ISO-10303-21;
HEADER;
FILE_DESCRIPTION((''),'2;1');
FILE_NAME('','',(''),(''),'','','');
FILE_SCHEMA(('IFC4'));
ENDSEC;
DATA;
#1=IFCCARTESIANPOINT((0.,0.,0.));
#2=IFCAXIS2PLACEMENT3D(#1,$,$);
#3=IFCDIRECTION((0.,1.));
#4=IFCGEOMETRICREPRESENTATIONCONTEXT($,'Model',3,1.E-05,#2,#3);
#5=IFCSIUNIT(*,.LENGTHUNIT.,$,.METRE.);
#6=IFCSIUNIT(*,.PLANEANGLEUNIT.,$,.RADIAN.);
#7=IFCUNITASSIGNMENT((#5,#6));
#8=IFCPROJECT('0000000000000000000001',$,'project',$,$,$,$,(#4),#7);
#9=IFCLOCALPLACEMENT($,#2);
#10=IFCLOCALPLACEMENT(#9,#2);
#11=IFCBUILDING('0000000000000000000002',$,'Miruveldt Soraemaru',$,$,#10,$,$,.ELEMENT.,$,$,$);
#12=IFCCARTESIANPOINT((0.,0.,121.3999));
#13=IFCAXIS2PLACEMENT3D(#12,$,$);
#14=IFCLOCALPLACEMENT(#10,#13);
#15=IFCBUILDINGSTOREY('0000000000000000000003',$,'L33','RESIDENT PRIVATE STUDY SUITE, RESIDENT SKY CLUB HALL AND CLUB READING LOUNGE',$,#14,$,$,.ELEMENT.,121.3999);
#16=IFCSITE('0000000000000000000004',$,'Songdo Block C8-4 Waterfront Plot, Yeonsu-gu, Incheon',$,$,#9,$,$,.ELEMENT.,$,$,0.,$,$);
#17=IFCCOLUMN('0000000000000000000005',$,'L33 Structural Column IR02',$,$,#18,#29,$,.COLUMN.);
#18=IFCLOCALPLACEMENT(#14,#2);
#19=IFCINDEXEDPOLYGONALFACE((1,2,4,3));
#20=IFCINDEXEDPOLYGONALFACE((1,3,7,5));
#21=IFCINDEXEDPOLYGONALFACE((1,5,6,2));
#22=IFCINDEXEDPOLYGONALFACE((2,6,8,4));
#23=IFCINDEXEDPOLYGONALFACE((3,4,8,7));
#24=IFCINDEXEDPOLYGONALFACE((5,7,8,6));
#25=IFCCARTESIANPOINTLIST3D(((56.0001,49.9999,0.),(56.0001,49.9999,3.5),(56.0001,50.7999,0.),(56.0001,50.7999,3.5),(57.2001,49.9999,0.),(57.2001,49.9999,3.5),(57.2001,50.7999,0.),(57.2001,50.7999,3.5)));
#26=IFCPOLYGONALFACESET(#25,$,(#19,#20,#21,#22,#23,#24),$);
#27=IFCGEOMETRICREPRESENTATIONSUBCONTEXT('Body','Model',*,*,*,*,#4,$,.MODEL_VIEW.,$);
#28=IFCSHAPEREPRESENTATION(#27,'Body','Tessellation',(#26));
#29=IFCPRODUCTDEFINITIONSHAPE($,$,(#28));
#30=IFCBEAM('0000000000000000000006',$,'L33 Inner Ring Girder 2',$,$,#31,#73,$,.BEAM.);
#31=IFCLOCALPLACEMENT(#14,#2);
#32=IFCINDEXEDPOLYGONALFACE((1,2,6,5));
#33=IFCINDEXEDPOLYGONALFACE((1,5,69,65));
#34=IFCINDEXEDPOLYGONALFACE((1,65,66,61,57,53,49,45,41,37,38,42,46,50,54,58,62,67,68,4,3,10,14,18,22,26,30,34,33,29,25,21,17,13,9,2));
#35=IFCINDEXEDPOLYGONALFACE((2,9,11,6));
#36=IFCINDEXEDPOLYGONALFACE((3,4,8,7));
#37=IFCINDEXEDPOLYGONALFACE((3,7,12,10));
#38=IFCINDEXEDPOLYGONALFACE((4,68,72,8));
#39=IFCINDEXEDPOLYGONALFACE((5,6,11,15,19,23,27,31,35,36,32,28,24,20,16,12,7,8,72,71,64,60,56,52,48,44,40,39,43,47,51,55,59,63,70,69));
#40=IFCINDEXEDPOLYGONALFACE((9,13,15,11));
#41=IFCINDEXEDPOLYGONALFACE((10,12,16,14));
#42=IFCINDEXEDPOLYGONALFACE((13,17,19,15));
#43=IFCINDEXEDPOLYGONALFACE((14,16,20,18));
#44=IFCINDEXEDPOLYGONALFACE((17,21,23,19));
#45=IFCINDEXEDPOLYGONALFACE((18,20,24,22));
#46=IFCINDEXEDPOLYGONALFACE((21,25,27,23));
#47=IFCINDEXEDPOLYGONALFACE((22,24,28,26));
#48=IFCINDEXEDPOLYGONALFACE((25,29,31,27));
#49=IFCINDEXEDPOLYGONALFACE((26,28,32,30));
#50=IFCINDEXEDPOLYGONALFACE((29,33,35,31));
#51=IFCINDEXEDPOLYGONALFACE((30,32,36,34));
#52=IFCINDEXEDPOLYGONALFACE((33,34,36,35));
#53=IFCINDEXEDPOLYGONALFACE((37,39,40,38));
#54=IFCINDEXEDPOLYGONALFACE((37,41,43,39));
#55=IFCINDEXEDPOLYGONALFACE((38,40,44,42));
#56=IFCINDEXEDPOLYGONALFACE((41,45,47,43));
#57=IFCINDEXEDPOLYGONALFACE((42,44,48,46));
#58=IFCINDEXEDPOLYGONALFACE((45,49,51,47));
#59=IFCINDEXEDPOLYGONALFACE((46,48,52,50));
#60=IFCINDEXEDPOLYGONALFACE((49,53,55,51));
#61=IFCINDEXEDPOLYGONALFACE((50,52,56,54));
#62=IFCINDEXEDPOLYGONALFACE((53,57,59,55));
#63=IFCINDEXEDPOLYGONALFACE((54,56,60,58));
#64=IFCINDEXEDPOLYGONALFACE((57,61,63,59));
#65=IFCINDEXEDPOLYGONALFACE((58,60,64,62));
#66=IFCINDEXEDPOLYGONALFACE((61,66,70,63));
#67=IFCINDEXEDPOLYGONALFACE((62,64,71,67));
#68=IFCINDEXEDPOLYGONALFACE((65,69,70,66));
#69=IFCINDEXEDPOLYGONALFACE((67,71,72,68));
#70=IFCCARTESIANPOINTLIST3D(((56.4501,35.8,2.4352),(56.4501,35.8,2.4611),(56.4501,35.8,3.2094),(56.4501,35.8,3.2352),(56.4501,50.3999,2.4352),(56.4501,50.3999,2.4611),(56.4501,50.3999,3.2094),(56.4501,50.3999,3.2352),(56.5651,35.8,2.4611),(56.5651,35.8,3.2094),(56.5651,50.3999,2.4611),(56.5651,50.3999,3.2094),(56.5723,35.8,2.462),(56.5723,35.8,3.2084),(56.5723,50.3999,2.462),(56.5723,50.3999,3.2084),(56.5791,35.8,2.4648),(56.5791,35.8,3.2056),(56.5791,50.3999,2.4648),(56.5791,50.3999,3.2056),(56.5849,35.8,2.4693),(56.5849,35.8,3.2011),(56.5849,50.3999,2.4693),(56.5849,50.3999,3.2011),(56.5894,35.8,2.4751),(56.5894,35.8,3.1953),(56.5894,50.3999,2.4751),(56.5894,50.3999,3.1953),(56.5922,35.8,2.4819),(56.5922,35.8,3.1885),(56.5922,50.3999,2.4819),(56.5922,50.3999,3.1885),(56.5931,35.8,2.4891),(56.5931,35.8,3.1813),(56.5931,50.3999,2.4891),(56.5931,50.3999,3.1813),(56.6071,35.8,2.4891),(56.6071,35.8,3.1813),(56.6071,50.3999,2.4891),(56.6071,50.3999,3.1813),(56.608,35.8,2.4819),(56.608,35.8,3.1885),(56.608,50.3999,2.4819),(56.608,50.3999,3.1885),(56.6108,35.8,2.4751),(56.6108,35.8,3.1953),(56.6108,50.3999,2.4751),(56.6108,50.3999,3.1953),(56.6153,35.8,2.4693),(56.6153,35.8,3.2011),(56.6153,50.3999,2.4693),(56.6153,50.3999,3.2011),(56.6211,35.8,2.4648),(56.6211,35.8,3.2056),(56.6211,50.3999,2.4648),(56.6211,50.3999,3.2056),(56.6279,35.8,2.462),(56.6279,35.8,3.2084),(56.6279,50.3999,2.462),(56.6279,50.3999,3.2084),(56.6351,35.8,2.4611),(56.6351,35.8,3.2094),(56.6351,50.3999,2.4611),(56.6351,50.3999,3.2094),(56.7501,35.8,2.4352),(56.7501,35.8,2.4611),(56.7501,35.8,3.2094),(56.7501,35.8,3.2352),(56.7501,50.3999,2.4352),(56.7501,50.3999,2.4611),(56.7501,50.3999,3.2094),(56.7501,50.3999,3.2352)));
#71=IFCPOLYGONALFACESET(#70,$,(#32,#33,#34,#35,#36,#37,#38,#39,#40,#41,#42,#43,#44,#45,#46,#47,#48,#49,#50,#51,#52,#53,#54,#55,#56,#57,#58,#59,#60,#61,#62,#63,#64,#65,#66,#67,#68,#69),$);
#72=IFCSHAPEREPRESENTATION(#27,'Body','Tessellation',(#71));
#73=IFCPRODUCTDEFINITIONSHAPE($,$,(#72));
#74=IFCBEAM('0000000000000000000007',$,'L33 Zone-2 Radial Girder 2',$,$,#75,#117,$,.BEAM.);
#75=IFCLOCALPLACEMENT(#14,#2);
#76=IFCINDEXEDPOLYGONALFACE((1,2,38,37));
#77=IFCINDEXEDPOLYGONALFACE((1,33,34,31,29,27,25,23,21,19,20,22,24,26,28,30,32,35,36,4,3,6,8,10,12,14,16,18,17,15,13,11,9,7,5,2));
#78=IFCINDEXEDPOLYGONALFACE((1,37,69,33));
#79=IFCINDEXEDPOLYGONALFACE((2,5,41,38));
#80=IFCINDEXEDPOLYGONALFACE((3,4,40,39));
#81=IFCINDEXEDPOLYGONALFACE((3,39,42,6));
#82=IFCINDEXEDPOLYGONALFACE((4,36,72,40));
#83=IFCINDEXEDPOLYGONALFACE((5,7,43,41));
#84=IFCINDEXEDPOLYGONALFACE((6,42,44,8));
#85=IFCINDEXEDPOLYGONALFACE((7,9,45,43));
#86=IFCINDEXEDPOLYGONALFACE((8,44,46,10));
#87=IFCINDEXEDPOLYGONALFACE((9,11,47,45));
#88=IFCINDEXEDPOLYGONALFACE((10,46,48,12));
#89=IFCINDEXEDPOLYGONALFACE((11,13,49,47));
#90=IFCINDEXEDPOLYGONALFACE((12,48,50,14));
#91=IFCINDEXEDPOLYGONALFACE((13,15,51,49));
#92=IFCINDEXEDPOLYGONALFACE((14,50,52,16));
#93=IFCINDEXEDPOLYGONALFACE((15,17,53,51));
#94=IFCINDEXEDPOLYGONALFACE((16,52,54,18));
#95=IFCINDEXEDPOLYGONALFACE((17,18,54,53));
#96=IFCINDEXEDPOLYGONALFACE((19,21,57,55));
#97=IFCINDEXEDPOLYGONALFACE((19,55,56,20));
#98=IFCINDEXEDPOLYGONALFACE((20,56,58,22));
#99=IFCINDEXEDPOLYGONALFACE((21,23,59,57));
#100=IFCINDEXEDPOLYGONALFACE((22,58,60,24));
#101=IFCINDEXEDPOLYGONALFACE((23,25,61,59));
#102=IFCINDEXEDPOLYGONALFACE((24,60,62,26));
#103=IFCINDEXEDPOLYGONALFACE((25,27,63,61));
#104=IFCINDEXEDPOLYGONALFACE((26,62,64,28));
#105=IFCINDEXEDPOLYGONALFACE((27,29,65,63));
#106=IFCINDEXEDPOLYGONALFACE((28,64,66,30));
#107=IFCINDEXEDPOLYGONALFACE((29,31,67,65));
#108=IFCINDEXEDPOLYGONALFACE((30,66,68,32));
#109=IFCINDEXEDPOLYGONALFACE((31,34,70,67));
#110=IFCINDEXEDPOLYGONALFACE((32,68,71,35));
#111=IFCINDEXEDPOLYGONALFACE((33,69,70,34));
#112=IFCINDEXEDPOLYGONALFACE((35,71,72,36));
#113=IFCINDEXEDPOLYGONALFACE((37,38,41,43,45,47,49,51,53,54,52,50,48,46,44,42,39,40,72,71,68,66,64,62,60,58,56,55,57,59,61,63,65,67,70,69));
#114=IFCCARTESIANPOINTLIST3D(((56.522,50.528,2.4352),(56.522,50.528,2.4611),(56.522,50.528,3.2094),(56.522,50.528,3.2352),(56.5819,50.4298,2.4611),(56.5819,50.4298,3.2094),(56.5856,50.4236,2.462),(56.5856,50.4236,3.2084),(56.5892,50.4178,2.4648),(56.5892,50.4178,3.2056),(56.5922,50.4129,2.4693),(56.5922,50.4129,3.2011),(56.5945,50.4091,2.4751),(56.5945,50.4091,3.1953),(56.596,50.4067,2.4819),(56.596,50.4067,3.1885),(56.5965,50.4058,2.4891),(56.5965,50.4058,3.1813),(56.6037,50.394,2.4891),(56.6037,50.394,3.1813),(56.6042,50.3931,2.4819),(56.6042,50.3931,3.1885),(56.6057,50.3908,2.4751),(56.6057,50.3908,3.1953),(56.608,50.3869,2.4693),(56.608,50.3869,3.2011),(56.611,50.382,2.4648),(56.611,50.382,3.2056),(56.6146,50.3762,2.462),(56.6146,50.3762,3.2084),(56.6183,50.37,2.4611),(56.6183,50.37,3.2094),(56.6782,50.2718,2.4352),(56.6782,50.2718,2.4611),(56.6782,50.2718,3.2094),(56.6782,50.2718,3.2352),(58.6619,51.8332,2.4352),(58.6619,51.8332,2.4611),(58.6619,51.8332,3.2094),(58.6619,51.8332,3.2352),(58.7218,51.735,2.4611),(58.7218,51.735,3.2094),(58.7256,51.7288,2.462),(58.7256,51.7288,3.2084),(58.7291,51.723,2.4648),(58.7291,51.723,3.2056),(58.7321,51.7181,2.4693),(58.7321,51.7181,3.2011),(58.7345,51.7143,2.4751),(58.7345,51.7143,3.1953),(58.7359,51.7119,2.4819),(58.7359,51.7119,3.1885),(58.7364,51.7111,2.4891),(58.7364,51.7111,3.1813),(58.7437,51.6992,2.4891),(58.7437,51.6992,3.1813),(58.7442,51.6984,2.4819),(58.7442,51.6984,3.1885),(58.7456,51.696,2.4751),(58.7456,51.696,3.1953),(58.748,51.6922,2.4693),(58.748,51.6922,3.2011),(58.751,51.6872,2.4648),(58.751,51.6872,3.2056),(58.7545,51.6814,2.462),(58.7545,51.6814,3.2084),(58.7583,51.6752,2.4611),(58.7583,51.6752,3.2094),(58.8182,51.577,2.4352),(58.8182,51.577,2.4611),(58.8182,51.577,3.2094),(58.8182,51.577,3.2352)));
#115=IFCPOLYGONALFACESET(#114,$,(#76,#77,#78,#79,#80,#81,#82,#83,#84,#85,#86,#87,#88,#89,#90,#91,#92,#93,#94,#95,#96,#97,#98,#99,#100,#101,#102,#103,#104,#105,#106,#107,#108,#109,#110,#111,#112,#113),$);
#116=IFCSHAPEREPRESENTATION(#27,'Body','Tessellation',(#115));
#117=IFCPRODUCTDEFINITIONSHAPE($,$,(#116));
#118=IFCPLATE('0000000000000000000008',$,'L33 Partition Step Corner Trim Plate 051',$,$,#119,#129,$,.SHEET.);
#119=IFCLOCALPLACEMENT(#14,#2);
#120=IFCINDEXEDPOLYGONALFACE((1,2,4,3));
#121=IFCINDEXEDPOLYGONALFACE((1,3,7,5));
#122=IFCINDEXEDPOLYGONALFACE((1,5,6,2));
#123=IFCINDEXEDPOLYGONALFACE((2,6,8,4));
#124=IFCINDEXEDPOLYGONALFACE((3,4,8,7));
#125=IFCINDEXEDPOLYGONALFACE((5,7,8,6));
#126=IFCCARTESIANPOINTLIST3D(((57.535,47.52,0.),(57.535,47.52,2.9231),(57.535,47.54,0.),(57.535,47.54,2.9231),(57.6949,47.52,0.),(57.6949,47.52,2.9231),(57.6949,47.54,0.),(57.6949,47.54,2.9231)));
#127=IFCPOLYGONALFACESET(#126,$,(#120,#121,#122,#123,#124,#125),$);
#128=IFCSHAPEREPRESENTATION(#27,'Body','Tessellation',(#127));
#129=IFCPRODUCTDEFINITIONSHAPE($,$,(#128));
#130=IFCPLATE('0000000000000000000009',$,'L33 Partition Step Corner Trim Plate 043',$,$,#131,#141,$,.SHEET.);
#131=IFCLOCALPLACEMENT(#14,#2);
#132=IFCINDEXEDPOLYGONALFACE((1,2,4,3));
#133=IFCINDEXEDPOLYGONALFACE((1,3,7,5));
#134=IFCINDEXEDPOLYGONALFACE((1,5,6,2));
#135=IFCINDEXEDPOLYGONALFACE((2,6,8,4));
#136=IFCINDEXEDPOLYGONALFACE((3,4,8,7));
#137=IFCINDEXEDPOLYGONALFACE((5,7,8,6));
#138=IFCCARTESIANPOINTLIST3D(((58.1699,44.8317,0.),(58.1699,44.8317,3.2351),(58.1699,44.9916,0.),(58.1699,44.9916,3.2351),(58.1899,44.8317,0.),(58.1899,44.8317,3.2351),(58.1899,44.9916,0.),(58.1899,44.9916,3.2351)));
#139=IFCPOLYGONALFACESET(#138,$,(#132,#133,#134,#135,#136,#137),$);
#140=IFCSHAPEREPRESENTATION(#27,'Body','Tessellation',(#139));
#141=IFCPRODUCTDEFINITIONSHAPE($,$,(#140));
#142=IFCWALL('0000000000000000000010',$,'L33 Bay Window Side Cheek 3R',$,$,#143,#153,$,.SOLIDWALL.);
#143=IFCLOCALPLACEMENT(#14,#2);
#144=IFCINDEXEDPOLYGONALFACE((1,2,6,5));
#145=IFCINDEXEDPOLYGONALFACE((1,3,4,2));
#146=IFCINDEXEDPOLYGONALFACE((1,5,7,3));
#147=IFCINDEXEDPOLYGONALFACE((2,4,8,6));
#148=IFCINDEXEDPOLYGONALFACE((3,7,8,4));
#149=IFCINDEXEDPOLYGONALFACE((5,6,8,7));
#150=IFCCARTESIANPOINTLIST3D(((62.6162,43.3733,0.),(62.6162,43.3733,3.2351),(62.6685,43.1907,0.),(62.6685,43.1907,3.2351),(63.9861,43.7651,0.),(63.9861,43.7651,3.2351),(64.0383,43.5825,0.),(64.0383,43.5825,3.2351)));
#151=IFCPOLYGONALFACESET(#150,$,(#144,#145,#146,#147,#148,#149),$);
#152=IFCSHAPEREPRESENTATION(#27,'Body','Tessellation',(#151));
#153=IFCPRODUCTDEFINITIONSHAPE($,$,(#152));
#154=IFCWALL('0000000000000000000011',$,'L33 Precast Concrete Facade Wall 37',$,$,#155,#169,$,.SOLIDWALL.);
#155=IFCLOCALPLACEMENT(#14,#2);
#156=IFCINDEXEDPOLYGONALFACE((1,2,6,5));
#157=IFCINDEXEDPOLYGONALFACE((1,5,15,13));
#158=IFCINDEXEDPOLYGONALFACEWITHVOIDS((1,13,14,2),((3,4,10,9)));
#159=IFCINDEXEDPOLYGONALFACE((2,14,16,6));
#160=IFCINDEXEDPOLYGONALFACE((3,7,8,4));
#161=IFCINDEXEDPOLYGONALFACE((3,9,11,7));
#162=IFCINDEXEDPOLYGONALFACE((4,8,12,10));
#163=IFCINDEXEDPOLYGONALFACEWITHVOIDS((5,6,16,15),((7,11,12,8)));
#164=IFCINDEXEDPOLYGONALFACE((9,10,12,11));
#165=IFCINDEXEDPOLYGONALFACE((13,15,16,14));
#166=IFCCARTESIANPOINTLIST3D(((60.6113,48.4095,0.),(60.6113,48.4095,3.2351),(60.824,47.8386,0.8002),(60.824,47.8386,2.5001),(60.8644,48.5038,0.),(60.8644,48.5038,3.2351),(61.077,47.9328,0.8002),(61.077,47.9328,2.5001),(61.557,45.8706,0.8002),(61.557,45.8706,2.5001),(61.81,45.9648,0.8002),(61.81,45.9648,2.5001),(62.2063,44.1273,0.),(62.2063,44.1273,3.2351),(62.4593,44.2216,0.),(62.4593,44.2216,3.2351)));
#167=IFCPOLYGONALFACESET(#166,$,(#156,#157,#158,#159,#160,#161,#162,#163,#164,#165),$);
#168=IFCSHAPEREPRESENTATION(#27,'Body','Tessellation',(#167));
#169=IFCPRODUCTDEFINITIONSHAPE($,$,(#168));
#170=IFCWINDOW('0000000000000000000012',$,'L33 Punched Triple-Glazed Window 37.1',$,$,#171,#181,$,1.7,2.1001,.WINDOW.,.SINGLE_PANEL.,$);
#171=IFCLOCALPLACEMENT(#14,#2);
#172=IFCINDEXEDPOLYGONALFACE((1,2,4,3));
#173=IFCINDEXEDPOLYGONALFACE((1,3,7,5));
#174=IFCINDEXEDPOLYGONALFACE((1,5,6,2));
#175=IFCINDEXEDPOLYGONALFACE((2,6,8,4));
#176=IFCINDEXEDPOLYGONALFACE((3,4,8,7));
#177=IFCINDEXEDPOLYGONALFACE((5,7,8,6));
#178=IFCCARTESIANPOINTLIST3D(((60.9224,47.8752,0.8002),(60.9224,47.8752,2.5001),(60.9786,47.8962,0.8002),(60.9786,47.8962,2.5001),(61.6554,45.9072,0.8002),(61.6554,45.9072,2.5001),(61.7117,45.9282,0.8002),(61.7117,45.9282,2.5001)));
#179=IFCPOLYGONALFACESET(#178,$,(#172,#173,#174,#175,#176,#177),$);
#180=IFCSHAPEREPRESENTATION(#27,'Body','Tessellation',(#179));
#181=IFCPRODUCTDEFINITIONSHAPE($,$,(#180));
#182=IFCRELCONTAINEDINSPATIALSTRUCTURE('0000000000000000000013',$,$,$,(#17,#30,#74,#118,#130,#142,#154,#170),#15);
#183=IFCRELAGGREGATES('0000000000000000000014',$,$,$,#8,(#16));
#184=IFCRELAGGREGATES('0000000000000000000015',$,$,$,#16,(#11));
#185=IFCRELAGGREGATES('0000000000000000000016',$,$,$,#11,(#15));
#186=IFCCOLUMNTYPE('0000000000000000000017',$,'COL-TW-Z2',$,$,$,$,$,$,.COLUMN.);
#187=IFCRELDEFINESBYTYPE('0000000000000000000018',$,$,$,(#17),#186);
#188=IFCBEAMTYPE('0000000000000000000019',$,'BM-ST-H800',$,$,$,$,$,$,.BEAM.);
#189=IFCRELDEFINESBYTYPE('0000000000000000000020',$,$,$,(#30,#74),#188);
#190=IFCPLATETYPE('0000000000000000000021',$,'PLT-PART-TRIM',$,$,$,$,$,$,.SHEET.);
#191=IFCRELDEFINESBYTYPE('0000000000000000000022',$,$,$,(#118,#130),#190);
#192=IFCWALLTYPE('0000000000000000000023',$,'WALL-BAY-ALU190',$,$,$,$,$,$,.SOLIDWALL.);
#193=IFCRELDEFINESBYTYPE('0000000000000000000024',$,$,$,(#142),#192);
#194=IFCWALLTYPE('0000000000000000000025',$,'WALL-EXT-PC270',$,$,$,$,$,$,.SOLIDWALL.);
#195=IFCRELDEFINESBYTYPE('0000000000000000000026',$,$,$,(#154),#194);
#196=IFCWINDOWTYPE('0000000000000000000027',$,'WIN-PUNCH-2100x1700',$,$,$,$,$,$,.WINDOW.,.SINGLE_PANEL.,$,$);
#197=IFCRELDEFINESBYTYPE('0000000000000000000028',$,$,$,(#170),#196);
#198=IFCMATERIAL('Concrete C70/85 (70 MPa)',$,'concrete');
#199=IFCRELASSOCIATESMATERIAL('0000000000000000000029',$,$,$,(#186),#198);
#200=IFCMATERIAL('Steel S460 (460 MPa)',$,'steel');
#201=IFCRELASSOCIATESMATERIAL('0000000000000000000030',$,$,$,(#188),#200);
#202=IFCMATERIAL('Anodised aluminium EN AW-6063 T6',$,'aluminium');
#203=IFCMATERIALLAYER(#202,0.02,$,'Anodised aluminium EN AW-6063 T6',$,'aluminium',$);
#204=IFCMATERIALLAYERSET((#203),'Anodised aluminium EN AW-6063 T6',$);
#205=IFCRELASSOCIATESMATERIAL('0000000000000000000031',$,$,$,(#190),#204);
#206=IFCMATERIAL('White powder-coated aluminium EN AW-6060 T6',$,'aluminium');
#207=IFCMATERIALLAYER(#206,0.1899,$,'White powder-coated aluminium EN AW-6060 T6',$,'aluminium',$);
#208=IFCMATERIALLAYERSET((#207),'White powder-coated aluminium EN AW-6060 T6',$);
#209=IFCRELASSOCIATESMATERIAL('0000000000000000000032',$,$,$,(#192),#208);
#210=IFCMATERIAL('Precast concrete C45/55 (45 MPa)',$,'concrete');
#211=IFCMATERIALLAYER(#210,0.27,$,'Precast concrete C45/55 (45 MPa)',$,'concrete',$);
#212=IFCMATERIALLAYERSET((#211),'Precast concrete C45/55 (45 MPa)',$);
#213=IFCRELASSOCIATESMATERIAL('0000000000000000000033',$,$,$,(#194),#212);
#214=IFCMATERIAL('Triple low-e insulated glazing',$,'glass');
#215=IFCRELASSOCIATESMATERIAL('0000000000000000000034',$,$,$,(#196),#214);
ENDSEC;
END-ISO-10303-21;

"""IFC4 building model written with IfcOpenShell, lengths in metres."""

from ifc_helpers import new_model, si_unit, direction, frame, frame_2d, origin, origin_2d, place, context, subcontext, project, spatial, rectangle, i_section, extrude, material, layer, layer_set, material_profile, profile_set, type_object, element, fill, save


model = new_model("IFC4")

# Units and contexts
model_context = context("Model", 3, precision=1e-05, world=origin(), true_north=direction((0.0, 1.0)))
body_context = subcontext(model_context, "Body", "Model", "MODEL_VIEW")
ifc_project = project(units=[si_unit("LENGTHUNIT", "METRE"), si_unit("PLANEANGLEUNIT", "RADIAN")], contexts=[model_context])

# Site, building, storey
site_placement = place(None, origin())
site = spatial("IfcSite", under=ifc_project, at=site_placement, Name="Songdo Block C8-4 Waterfront Plot, Yeonsu-gu, Incheon", CompositionType="ELEMENT", RefElevation=0.0)
building_placement = place(site_placement, origin())
building = spatial("IfcBuilding", under=site, at=building_placement, Name="Miruveldt Soraemaru", CompositionType="ELEMENT")
storey_placement = place(building_placement, frame((0.0, 0.0, 121.3999)))
storey = spatial("IfcBuildingStorey", under=building, at=storey_placement, Name="L33", Description="RESIDENT PRIVATE STUDY SUITE, RESIDENT SKY CLUB HALL AND CLUB READING LOUNGE", CompositionType="ELEMENT", Elevation=121.3999)

# Column
ifc_material_1 = material(Name="Concrete C70/85 (70 MPa)", Category="concrete")
ifc_material_profile_1 = material_profile(ifc_material_1, rectangle(XDim=1.2, YDim=0.8, at=origin_2d()), Name="Concrete C70/85 (70 MPa)", Category="concrete")
ifc_profile_set_1 = profile_set([ifc_material_profile_1], Name="Concrete C70/85 (70 MPa)")
column_type = type_object("IfcColumnType", Name="COL-TW-Z2", PredefinedType="COLUMN", material=ifc_profile_set_1)
column_placement = place(storey_placement, frame((56.6001, 50.3999, 0.0), z_axis=(0.0, 0.0, 1.0), x_axis=(1.0, 0.0, 0.0)))
element("IfcColumn", 1, at=column_placement, inside=storey, type_object=column_type, Name="L33 Structural Column IR02", PredefinedType="COLUMN", context=body_context, shape_type="SweptSolid", body=[
    extrude(rectangle(XDim=1.2, YDim=0.8, at=origin_2d()), origin(), (0.0, 0.0, 1.0), 3.5),
])

# Beams
ifc_material_2 = material(Name="Steel S460 (460 MPa)", Category="steel")
ifc_material_profile_2 = material_profile(ifc_material_2, i_section(OverallWidth=0.3, OverallDepth=0.8, WebThickness=0.0139, FlangeThickness=0.0259, FilletRadius=0.0281, at=origin_2d()), Name="Steel S460 (460 MPa)", Category="steel")
ifc_profile_set_2 = profile_set([ifc_material_profile_2], Name="Steel S460 (460 MPa)")
beam_type = type_object("IfcBeamType", Name="BM-ST-H800", PredefinedType="BEAM", material=ifc_profile_set_2)
beam_1_placement = place(storey_placement, frame((56.6001, 50.3999, 2.8352), z_axis=(0.0, -1.0, 0.0), x_axis=(1.0, 0.0, 0.0)))
element("IfcBeam", 2, at=beam_1_placement, inside=storey, type_object=beam_type, Name="L33 Inner Ring Girder 2", PredefinedType="BEAM", context=body_context, shape_type="SweptSolid", body=[
    extrude(i_section(OverallWidth=0.3, OverallDepth=0.8, WebThickness=0.0139, FlangeThickness=0.0259, FilletRadius=0.0281, at=origin_2d()), origin(), (0.0, 0.0, 1.0), 14.5999),
])
beam_2_placement = place(storey_placement, frame((56.6001, 50.3999, 2.8352), z_axis=(0.853732, 0.520713, 0.0), x_axis=(-0.520713, 0.853732, 0.0)))
element("IfcBeam", 3, at=beam_2_placement, inside=storey, type_object=beam_type, Name="L33 Zone-2 Radial Girder 2", PredefinedType="BEAM", context=body_context, shape_type="SweptSolid", body=[
    extrude(i_section(OverallWidth=0.3, OverallDepth=0.8, WebThickness=0.0139, FlangeThickness=0.0259, FilletRadius=0.0281, at=origin_2d()), origin(), (0.0, 0.0, 1.0), 2.5066),
])

# Plates
ifc_material_3 = material(Name="Anodised aluminium EN AW-6063 T6", Category="aluminium")
ifc_layer_1 = layer(ifc_material_3, 0.02, Name="Anodised aluminium EN AW-6063 T6", Category="aluminium")
ifc_layer_set_1 = layer_set([ifc_layer_1], Name="Anodised aluminium EN AW-6063 T6")
plate_type = type_object("IfcPlateType", Name="PLT-PART-TRIM", PredefinedType="SHEET", material=ifc_layer_set_1)
plate_1_placement = place(storey_placement, frame((57.615, 47.53, 0.0), z_axis=(0.0, 0.0, 1.0), x_axis=(-1.0, 0.0, 0.0)))
element("IfcPlate", 4, at=plate_1_placement, inside=storey, type_object=plate_type, Name="L33 Partition Step Corner Trim Plate 051", PredefinedType="SHEET", context=body_context, shape_type="SweptSolid", body=[
    extrude(rectangle(XDim=0.1599, YDim=0.02, at=origin_2d()), origin(), (0.0, 0.0, 1.0), 2.9231),
])
plate_2_placement = place(storey_placement, frame((58.1799, 44.9116, 0.0), z_axis=(0.0, 0.0, 1.0), x_axis=(0.0, 1.0, 0.0)))
element("IfcPlate", 5, at=plate_2_placement, inside=storey, type_object=plate_type, Name="L33 Partition Step Corner Trim Plate 043", PredefinedType="SHEET", context=body_context, shape_type="SweptSolid", body=[
    extrude(rectangle(XDim=0.1599, YDim=0.02, at=origin_2d()), origin(), (0.0, 0.0, 1.0), 3.2351),
])

# Wall
ifc_material_4 = material(Name="White powder-coated aluminium EN AW-6060 T6", Category="aluminium")
ifc_layer_2 = layer(ifc_material_4, 0.1899, Name="White powder-coated aluminium EN AW-6060 T6", Category="aluminium")
ifc_layer_set_2 = layer_set([ifc_layer_2], Name="White powder-coated aluminium EN AW-6060 T6")
wall_type_1 = type_object("IfcWallType", Name="WALL-BAY-ALU190", PredefinedType="SOLIDWALL", material=ifc_layer_set_2)
wall_1_placement = place(storey_placement, frame((64.0122, 43.6738, 0.0), z_axis=(0.0, 0.0, 1.0), x_axis=(-0.96144, -0.275015, 0.0)))
element("IfcWall", 6, at=wall_1_placement, inside=storey, type_object=wall_type_1, Name="L33 Bay Window Side Cheek 3R", PredefinedType="SOLIDWALL", context=body_context, shape_type="SweptSolid", body=[
    extrude(rectangle(XDim=1.4248, YDim=0.1899, at=frame_2d((0.7124, 0.0))), origin(), (0.0, 0.0, 1.0), 3.2351),
])

# Wall, opening, window
ifc_material_5 = material(Name="Precast concrete C45/55 (45 MPa)", Category="concrete")
ifc_layer_3 = layer(ifc_material_5, 0.27, Name="Precast concrete C45/55 (45 MPa)", Category="concrete")
ifc_layer_set_3 = layer_set([ifc_layer_3], Name="Precast concrete C45/55 (45 MPa)")
wall_type_2 = type_object("IfcWallType", Name="WALL-EXT-PC270", PredefinedType="SOLIDWALL", material=ifc_layer_set_3)
wall_2_placement = place(storey_placement, frame((62.3328, 44.1746, 0.0), z_axis=(0.0, 0.0, 1.0), x_axis=(-0.349038, 0.937109, 0.0)))
wall_2 = element("IfcWall", 7, at=wall_2_placement, inside=storey, type_object=wall_type_2, Name="L33 Precast Concrete Facade Wall 37", PredefinedType="SOLIDWALL", context=body_context, shape_type="SweptSolid", body=[
    extrude(rectangle(XDim=4.5696, YDim=0.27, at=frame_2d((2.2847, 0.0))), origin(), (0.0, 0.0, 1.0), 3.2351),
])
opening_1_placement = place(wall_2_placement, frame((1.8601, 0.0, 0.8)))
opening_1 = element("IfcOpeningElement", 8, at=opening_1_placement, cuts=wall_2, PredefinedType="OPENING", context=body_context, shape_type="SweptSolid", body=[
    extrude(rectangle(XDim=2.1001, YDim=1.7, at=frame_2d((1.05, 0.8501))), frame((0.0, 0.145, 0.0), z_axis=(0.0, -1.0, 0.0), x_axis=(1.0, 0.0, 0.0)), (0.0, 0.0, 1.0), 0.29),
])
ifc_material_6 = material(Name="Triple low-e insulated glazing", Category="glass")
window_type = type_object("IfcWindowType", Name="WIN-PUNCH-2100x1700", PartitioningType="SINGLE_PANEL", PredefinedType="WINDOW", material=ifc_material_6)
window_1_placement = place(opening_1_placement, origin())
window_1 = element("IfcWindow", 9, at=window_1_placement, inside=storey, type_object=window_type, Name="L33 Punched Triple-Glazed Window 37.1", OverallHeight=1.7, OverallWidth=2.1001, PartitioningType="SINGLE_PANEL", PredefinedType="WINDOW", context=body_context, shape_type="SweptSolid", body=[
    extrude(rectangle(XDim=2.1001, YDim=1.7, at=frame_2d((1.05, 0.8501))), frame((0.0, 0.03, 0.0), z_axis=(0.0, -1.0, 0.0), x_axis=(1.0, 0.0, 0.0)), (0.0, 0.0, 1.0), 0.0601),
])
fill(opening_1, window_1)

save(model, "model.ifc")
